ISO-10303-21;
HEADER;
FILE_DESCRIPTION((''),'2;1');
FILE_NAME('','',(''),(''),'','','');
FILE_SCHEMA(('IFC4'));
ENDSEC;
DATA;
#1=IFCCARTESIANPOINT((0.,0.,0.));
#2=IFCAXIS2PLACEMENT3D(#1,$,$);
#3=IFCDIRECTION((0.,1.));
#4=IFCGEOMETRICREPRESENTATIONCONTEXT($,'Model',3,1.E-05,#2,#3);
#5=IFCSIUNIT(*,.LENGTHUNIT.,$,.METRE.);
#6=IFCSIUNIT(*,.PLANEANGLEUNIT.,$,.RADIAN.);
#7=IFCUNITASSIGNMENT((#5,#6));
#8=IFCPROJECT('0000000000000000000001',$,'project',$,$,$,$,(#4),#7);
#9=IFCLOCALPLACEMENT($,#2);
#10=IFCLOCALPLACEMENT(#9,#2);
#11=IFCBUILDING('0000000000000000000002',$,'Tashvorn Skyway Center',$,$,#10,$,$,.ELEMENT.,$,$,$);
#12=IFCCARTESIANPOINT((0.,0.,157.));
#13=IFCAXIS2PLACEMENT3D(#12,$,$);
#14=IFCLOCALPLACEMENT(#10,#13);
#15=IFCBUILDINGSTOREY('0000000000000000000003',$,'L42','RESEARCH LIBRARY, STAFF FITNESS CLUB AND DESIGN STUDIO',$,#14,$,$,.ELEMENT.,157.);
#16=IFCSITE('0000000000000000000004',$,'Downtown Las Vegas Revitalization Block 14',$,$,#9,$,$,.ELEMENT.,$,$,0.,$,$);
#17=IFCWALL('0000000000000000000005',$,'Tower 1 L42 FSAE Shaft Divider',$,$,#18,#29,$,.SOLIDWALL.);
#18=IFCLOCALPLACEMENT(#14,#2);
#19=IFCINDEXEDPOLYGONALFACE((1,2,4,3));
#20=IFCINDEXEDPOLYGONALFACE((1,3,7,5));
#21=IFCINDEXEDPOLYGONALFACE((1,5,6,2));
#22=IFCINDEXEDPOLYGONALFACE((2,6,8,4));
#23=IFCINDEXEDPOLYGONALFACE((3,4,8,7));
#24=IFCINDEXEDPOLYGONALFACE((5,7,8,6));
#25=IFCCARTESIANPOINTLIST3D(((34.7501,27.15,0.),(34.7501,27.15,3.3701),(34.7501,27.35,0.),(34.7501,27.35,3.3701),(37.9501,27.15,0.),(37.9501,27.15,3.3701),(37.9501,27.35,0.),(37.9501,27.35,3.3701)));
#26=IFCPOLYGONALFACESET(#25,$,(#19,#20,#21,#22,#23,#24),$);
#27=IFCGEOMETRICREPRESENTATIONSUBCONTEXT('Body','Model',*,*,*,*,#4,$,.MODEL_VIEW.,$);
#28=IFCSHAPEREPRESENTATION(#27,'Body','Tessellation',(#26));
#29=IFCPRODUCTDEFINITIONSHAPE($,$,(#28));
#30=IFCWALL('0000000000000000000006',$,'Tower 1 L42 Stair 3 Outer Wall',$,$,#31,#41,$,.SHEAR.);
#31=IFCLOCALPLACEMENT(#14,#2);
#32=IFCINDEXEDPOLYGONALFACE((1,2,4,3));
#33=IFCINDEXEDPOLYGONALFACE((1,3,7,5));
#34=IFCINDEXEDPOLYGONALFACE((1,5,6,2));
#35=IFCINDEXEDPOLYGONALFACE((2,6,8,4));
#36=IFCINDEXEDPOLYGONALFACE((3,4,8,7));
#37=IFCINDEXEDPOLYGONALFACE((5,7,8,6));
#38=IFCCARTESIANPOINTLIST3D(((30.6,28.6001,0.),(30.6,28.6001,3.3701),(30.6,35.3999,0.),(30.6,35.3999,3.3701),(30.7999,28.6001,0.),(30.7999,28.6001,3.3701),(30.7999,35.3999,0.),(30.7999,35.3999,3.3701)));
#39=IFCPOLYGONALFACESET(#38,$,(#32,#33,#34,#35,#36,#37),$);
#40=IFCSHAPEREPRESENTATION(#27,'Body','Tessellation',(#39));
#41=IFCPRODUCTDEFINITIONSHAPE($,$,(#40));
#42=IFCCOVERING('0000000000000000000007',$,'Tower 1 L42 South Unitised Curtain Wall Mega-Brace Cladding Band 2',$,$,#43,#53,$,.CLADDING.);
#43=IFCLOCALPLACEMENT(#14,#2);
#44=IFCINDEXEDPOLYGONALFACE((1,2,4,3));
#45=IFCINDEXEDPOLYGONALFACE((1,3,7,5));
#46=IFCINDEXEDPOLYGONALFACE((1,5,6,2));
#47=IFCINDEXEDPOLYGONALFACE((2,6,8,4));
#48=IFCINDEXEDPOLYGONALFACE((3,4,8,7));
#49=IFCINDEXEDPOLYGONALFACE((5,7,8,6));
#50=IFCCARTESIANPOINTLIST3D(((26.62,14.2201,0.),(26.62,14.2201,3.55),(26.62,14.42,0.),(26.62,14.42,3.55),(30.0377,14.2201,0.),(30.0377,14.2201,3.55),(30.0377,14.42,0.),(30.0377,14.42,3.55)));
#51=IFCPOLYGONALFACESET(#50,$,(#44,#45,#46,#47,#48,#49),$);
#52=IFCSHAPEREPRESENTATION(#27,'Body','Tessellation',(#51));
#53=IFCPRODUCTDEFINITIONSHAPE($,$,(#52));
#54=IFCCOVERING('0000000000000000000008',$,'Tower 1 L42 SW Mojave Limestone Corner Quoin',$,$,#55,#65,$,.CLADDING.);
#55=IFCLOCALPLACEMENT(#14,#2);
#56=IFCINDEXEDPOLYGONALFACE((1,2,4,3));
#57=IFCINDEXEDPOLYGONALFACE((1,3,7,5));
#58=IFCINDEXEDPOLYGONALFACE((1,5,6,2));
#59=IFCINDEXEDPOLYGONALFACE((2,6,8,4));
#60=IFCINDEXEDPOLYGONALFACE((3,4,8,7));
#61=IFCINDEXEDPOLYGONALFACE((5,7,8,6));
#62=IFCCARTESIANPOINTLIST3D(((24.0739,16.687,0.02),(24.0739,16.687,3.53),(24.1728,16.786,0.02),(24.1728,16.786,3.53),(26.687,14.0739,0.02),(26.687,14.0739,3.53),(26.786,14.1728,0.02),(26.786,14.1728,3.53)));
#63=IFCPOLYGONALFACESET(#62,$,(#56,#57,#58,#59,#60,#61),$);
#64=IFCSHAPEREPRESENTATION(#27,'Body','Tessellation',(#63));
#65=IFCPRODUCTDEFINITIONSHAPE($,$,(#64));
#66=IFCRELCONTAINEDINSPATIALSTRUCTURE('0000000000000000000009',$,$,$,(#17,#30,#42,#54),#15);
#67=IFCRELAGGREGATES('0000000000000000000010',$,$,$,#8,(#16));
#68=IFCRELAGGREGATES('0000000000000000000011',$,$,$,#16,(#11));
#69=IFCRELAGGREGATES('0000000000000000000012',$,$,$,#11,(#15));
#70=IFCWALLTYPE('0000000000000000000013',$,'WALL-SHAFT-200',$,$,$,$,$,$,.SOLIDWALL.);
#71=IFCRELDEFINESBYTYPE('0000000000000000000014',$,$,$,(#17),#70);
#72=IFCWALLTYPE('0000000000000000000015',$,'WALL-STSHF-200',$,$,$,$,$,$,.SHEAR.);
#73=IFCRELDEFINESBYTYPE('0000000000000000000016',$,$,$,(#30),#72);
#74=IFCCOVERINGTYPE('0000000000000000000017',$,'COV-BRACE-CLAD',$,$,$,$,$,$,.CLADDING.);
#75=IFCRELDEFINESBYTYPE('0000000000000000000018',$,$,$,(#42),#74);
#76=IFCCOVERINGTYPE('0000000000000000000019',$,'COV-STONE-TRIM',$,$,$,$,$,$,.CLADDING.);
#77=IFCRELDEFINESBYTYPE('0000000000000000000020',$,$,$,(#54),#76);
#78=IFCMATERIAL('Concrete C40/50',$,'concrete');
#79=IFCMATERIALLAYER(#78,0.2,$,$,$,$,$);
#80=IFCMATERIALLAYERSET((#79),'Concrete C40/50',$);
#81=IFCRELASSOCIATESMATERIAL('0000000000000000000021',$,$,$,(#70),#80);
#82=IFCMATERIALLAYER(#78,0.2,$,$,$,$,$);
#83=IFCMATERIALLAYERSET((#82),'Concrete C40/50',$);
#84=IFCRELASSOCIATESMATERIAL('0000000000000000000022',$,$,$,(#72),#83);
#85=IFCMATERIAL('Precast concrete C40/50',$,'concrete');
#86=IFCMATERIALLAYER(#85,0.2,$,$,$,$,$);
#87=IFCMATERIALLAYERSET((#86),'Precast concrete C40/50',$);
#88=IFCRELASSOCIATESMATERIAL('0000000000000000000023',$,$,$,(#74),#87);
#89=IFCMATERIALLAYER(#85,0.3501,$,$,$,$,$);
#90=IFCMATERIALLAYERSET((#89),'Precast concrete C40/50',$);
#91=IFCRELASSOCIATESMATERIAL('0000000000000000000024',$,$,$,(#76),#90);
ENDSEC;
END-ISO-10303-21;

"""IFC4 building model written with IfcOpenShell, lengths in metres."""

from ifc_helpers import new_model, si_unit, direction, frame, frame_2d, origin, origin_2d, place, context, subcontext, project, spatial, rectangle, extrude, material, layer, layer_set, type_object, element, save


model = new_model("IFC4")

# Units and contexts
model_context = context("Model", 3, precision=1e-05, world=origin(), true_north=direction((0.0, 1.0)))
body_context = subcontext(model_context, "Body", "Model", "MODEL_VIEW")
ifc_project = project(units=[si_unit("LENGTHUNIT", "METRE"), si_unit("PLANEANGLEUNIT", "RADIAN")], contexts=[model_context])

# Site, building, storey
site_placement = place(None, origin())
site = spatial("IfcSite", under=ifc_project, at=site_placement, Name="Downtown Las Vegas Revitalization Block 14", CompositionType="ELEMENT", RefElevation=0.0)
building_placement = place(site_placement, origin())
building = spatial("IfcBuilding", under=site, at=building_placement, Name="Tashvorn Skyway Center", CompositionType="ELEMENT")
storey_placement = place(building_placement, frame((0.0, 0.0, 157.0)))
storey = spatial("IfcBuildingStorey", under=building, at=storey_placement, Name="L42", Description="RESEARCH LIBRARY, STAFF FITNESS CLUB AND DESIGN STUDIO", CompositionType="ELEMENT", Elevation=157.0)

# Shared definitions
ifc_material_1 = material(Name="Precast concrete C40/50", Category="concrete")

# Walls
ifc_material_2 = material(Name="Concrete C40/50", Category="concrete")
ifc_layer_1 = layer(ifc_material_2, 0.2)
ifc_layer_set_1 = layer_set([ifc_layer_1], Name="Concrete C40/50")
wall_type_1 = type_object("IfcWallType", Name="WALL-SHAFT-200", PredefinedType="SOLIDWALL", material=ifc_layer_set_1)
wall_1_placement = place(storey_placement, frame((34.75, 27.25, 0.0), z_axis=(0.0, 0.0, 1.0), x_axis=(1.0, 0.0, 0.0)))
element("IfcWall", 1, at=wall_1_placement, inside=storey, type_object=wall_type_1, Name="Tower 1 L42 FSAE Shaft Divider", PredefinedType="SOLIDWALL", context=body_context, shape_type="SweptSolid", body=[
    extrude(rectangle(XDim=3.2, YDim=0.2, at=frame_2d((1.6001, 0.0))), origin(), (0.0, 0.0, 1.0), 3.3701),
])
ifc_layer_2 = layer(ifc_material_2, 0.2)
ifc_layer_set_2 = layer_set([ifc_layer_2], Name="Concrete C40/50")
wall_type_2 = type_object("IfcWallType", Name="WALL-STSHF-200", PredefinedType="SHEAR", material=ifc_layer_set_2)
wall_2_placement = place(storey_placement, frame((30.7, 28.6001, 0.0), z_axis=(0.0, 0.0, 1.0), x_axis=(0.0, 1.0, 0.0)))
element("IfcWall", 2, at=wall_2_placement, inside=storey, type_object=wall_type_2, Name="Tower 1 L42 Stair 3 Outer Wall", PredefinedType="SHEAR", context=body_context, shape_type="SweptSolid", body=[
    extrude(rectangle(XDim=6.7998, YDim=0.2, at=frame_2d((3.3999, 0.0))), origin(), (0.0, 0.0, 1.0), 3.3701),
])

# Coverings
ifc_layer_3 = layer(ifc_material_1, 0.2)
ifc_layer_set_3 = layer_set([ifc_layer_3], Name="Precast concrete C40/50")
covering_type_1 = type_object("IfcCoveringType", Name="COV-BRACE-CLAD", PredefinedType="CLADDING", material=ifc_layer_set_3)
covering_1_placement = place(storey_placement, frame((28.3289, 14.3201, 0.0), z_axis=(0.0, 0.0, 1.0), x_axis=(-1.0, 0.0, 0.0)))
element("IfcCovering", 3, at=covering_1_placement, inside=storey, type_object=covering_type_1, Name="Tower 1 L42 South Unitised Curtain Wall Mega-Brace Cladding Band 2", PredefinedType="CLADDING", context=body_context, shape_type="SweptSolid", body=[
    extrude(rectangle(XDim=3.4177, YDim=0.2, at=origin_2d()), origin(), (0.0, 0.0, 1.0), 3.55),
])
ifc_layer_4 = layer(ifc_material_1, 0.3501)
ifc_layer_set_4 = layer_set([ifc_layer_4], Name="Precast concrete C40/50")
covering_type_2 = type_object("IfcCoveringType", Name="COV-STONE-TRIM", PredefinedType="CLADDING", material=ifc_layer_set_4)
covering_2_placement = place(storey_placement, frame((25.4299, 15.4299, 0.02), z_axis=(0.0, 0.0, 1.0), x_axis=(-0.707107, 0.707107, 0.0)))
element("IfcCovering", 4, at=covering_2_placement, inside=storey, type_object=covering_type_2, Name="Tower 1 L42 SW Mojave Limestone Corner Quoin", PredefinedType="CLADDING", context=body_context, shape_type="SweptSolid", body=[
    extrude(rectangle(XDim=3.6956, YDim=0.1399, at=origin_2d()), origin(), (0.0, 0.0, 1.0), 3.51),
])

save(model, "model.ifc")
